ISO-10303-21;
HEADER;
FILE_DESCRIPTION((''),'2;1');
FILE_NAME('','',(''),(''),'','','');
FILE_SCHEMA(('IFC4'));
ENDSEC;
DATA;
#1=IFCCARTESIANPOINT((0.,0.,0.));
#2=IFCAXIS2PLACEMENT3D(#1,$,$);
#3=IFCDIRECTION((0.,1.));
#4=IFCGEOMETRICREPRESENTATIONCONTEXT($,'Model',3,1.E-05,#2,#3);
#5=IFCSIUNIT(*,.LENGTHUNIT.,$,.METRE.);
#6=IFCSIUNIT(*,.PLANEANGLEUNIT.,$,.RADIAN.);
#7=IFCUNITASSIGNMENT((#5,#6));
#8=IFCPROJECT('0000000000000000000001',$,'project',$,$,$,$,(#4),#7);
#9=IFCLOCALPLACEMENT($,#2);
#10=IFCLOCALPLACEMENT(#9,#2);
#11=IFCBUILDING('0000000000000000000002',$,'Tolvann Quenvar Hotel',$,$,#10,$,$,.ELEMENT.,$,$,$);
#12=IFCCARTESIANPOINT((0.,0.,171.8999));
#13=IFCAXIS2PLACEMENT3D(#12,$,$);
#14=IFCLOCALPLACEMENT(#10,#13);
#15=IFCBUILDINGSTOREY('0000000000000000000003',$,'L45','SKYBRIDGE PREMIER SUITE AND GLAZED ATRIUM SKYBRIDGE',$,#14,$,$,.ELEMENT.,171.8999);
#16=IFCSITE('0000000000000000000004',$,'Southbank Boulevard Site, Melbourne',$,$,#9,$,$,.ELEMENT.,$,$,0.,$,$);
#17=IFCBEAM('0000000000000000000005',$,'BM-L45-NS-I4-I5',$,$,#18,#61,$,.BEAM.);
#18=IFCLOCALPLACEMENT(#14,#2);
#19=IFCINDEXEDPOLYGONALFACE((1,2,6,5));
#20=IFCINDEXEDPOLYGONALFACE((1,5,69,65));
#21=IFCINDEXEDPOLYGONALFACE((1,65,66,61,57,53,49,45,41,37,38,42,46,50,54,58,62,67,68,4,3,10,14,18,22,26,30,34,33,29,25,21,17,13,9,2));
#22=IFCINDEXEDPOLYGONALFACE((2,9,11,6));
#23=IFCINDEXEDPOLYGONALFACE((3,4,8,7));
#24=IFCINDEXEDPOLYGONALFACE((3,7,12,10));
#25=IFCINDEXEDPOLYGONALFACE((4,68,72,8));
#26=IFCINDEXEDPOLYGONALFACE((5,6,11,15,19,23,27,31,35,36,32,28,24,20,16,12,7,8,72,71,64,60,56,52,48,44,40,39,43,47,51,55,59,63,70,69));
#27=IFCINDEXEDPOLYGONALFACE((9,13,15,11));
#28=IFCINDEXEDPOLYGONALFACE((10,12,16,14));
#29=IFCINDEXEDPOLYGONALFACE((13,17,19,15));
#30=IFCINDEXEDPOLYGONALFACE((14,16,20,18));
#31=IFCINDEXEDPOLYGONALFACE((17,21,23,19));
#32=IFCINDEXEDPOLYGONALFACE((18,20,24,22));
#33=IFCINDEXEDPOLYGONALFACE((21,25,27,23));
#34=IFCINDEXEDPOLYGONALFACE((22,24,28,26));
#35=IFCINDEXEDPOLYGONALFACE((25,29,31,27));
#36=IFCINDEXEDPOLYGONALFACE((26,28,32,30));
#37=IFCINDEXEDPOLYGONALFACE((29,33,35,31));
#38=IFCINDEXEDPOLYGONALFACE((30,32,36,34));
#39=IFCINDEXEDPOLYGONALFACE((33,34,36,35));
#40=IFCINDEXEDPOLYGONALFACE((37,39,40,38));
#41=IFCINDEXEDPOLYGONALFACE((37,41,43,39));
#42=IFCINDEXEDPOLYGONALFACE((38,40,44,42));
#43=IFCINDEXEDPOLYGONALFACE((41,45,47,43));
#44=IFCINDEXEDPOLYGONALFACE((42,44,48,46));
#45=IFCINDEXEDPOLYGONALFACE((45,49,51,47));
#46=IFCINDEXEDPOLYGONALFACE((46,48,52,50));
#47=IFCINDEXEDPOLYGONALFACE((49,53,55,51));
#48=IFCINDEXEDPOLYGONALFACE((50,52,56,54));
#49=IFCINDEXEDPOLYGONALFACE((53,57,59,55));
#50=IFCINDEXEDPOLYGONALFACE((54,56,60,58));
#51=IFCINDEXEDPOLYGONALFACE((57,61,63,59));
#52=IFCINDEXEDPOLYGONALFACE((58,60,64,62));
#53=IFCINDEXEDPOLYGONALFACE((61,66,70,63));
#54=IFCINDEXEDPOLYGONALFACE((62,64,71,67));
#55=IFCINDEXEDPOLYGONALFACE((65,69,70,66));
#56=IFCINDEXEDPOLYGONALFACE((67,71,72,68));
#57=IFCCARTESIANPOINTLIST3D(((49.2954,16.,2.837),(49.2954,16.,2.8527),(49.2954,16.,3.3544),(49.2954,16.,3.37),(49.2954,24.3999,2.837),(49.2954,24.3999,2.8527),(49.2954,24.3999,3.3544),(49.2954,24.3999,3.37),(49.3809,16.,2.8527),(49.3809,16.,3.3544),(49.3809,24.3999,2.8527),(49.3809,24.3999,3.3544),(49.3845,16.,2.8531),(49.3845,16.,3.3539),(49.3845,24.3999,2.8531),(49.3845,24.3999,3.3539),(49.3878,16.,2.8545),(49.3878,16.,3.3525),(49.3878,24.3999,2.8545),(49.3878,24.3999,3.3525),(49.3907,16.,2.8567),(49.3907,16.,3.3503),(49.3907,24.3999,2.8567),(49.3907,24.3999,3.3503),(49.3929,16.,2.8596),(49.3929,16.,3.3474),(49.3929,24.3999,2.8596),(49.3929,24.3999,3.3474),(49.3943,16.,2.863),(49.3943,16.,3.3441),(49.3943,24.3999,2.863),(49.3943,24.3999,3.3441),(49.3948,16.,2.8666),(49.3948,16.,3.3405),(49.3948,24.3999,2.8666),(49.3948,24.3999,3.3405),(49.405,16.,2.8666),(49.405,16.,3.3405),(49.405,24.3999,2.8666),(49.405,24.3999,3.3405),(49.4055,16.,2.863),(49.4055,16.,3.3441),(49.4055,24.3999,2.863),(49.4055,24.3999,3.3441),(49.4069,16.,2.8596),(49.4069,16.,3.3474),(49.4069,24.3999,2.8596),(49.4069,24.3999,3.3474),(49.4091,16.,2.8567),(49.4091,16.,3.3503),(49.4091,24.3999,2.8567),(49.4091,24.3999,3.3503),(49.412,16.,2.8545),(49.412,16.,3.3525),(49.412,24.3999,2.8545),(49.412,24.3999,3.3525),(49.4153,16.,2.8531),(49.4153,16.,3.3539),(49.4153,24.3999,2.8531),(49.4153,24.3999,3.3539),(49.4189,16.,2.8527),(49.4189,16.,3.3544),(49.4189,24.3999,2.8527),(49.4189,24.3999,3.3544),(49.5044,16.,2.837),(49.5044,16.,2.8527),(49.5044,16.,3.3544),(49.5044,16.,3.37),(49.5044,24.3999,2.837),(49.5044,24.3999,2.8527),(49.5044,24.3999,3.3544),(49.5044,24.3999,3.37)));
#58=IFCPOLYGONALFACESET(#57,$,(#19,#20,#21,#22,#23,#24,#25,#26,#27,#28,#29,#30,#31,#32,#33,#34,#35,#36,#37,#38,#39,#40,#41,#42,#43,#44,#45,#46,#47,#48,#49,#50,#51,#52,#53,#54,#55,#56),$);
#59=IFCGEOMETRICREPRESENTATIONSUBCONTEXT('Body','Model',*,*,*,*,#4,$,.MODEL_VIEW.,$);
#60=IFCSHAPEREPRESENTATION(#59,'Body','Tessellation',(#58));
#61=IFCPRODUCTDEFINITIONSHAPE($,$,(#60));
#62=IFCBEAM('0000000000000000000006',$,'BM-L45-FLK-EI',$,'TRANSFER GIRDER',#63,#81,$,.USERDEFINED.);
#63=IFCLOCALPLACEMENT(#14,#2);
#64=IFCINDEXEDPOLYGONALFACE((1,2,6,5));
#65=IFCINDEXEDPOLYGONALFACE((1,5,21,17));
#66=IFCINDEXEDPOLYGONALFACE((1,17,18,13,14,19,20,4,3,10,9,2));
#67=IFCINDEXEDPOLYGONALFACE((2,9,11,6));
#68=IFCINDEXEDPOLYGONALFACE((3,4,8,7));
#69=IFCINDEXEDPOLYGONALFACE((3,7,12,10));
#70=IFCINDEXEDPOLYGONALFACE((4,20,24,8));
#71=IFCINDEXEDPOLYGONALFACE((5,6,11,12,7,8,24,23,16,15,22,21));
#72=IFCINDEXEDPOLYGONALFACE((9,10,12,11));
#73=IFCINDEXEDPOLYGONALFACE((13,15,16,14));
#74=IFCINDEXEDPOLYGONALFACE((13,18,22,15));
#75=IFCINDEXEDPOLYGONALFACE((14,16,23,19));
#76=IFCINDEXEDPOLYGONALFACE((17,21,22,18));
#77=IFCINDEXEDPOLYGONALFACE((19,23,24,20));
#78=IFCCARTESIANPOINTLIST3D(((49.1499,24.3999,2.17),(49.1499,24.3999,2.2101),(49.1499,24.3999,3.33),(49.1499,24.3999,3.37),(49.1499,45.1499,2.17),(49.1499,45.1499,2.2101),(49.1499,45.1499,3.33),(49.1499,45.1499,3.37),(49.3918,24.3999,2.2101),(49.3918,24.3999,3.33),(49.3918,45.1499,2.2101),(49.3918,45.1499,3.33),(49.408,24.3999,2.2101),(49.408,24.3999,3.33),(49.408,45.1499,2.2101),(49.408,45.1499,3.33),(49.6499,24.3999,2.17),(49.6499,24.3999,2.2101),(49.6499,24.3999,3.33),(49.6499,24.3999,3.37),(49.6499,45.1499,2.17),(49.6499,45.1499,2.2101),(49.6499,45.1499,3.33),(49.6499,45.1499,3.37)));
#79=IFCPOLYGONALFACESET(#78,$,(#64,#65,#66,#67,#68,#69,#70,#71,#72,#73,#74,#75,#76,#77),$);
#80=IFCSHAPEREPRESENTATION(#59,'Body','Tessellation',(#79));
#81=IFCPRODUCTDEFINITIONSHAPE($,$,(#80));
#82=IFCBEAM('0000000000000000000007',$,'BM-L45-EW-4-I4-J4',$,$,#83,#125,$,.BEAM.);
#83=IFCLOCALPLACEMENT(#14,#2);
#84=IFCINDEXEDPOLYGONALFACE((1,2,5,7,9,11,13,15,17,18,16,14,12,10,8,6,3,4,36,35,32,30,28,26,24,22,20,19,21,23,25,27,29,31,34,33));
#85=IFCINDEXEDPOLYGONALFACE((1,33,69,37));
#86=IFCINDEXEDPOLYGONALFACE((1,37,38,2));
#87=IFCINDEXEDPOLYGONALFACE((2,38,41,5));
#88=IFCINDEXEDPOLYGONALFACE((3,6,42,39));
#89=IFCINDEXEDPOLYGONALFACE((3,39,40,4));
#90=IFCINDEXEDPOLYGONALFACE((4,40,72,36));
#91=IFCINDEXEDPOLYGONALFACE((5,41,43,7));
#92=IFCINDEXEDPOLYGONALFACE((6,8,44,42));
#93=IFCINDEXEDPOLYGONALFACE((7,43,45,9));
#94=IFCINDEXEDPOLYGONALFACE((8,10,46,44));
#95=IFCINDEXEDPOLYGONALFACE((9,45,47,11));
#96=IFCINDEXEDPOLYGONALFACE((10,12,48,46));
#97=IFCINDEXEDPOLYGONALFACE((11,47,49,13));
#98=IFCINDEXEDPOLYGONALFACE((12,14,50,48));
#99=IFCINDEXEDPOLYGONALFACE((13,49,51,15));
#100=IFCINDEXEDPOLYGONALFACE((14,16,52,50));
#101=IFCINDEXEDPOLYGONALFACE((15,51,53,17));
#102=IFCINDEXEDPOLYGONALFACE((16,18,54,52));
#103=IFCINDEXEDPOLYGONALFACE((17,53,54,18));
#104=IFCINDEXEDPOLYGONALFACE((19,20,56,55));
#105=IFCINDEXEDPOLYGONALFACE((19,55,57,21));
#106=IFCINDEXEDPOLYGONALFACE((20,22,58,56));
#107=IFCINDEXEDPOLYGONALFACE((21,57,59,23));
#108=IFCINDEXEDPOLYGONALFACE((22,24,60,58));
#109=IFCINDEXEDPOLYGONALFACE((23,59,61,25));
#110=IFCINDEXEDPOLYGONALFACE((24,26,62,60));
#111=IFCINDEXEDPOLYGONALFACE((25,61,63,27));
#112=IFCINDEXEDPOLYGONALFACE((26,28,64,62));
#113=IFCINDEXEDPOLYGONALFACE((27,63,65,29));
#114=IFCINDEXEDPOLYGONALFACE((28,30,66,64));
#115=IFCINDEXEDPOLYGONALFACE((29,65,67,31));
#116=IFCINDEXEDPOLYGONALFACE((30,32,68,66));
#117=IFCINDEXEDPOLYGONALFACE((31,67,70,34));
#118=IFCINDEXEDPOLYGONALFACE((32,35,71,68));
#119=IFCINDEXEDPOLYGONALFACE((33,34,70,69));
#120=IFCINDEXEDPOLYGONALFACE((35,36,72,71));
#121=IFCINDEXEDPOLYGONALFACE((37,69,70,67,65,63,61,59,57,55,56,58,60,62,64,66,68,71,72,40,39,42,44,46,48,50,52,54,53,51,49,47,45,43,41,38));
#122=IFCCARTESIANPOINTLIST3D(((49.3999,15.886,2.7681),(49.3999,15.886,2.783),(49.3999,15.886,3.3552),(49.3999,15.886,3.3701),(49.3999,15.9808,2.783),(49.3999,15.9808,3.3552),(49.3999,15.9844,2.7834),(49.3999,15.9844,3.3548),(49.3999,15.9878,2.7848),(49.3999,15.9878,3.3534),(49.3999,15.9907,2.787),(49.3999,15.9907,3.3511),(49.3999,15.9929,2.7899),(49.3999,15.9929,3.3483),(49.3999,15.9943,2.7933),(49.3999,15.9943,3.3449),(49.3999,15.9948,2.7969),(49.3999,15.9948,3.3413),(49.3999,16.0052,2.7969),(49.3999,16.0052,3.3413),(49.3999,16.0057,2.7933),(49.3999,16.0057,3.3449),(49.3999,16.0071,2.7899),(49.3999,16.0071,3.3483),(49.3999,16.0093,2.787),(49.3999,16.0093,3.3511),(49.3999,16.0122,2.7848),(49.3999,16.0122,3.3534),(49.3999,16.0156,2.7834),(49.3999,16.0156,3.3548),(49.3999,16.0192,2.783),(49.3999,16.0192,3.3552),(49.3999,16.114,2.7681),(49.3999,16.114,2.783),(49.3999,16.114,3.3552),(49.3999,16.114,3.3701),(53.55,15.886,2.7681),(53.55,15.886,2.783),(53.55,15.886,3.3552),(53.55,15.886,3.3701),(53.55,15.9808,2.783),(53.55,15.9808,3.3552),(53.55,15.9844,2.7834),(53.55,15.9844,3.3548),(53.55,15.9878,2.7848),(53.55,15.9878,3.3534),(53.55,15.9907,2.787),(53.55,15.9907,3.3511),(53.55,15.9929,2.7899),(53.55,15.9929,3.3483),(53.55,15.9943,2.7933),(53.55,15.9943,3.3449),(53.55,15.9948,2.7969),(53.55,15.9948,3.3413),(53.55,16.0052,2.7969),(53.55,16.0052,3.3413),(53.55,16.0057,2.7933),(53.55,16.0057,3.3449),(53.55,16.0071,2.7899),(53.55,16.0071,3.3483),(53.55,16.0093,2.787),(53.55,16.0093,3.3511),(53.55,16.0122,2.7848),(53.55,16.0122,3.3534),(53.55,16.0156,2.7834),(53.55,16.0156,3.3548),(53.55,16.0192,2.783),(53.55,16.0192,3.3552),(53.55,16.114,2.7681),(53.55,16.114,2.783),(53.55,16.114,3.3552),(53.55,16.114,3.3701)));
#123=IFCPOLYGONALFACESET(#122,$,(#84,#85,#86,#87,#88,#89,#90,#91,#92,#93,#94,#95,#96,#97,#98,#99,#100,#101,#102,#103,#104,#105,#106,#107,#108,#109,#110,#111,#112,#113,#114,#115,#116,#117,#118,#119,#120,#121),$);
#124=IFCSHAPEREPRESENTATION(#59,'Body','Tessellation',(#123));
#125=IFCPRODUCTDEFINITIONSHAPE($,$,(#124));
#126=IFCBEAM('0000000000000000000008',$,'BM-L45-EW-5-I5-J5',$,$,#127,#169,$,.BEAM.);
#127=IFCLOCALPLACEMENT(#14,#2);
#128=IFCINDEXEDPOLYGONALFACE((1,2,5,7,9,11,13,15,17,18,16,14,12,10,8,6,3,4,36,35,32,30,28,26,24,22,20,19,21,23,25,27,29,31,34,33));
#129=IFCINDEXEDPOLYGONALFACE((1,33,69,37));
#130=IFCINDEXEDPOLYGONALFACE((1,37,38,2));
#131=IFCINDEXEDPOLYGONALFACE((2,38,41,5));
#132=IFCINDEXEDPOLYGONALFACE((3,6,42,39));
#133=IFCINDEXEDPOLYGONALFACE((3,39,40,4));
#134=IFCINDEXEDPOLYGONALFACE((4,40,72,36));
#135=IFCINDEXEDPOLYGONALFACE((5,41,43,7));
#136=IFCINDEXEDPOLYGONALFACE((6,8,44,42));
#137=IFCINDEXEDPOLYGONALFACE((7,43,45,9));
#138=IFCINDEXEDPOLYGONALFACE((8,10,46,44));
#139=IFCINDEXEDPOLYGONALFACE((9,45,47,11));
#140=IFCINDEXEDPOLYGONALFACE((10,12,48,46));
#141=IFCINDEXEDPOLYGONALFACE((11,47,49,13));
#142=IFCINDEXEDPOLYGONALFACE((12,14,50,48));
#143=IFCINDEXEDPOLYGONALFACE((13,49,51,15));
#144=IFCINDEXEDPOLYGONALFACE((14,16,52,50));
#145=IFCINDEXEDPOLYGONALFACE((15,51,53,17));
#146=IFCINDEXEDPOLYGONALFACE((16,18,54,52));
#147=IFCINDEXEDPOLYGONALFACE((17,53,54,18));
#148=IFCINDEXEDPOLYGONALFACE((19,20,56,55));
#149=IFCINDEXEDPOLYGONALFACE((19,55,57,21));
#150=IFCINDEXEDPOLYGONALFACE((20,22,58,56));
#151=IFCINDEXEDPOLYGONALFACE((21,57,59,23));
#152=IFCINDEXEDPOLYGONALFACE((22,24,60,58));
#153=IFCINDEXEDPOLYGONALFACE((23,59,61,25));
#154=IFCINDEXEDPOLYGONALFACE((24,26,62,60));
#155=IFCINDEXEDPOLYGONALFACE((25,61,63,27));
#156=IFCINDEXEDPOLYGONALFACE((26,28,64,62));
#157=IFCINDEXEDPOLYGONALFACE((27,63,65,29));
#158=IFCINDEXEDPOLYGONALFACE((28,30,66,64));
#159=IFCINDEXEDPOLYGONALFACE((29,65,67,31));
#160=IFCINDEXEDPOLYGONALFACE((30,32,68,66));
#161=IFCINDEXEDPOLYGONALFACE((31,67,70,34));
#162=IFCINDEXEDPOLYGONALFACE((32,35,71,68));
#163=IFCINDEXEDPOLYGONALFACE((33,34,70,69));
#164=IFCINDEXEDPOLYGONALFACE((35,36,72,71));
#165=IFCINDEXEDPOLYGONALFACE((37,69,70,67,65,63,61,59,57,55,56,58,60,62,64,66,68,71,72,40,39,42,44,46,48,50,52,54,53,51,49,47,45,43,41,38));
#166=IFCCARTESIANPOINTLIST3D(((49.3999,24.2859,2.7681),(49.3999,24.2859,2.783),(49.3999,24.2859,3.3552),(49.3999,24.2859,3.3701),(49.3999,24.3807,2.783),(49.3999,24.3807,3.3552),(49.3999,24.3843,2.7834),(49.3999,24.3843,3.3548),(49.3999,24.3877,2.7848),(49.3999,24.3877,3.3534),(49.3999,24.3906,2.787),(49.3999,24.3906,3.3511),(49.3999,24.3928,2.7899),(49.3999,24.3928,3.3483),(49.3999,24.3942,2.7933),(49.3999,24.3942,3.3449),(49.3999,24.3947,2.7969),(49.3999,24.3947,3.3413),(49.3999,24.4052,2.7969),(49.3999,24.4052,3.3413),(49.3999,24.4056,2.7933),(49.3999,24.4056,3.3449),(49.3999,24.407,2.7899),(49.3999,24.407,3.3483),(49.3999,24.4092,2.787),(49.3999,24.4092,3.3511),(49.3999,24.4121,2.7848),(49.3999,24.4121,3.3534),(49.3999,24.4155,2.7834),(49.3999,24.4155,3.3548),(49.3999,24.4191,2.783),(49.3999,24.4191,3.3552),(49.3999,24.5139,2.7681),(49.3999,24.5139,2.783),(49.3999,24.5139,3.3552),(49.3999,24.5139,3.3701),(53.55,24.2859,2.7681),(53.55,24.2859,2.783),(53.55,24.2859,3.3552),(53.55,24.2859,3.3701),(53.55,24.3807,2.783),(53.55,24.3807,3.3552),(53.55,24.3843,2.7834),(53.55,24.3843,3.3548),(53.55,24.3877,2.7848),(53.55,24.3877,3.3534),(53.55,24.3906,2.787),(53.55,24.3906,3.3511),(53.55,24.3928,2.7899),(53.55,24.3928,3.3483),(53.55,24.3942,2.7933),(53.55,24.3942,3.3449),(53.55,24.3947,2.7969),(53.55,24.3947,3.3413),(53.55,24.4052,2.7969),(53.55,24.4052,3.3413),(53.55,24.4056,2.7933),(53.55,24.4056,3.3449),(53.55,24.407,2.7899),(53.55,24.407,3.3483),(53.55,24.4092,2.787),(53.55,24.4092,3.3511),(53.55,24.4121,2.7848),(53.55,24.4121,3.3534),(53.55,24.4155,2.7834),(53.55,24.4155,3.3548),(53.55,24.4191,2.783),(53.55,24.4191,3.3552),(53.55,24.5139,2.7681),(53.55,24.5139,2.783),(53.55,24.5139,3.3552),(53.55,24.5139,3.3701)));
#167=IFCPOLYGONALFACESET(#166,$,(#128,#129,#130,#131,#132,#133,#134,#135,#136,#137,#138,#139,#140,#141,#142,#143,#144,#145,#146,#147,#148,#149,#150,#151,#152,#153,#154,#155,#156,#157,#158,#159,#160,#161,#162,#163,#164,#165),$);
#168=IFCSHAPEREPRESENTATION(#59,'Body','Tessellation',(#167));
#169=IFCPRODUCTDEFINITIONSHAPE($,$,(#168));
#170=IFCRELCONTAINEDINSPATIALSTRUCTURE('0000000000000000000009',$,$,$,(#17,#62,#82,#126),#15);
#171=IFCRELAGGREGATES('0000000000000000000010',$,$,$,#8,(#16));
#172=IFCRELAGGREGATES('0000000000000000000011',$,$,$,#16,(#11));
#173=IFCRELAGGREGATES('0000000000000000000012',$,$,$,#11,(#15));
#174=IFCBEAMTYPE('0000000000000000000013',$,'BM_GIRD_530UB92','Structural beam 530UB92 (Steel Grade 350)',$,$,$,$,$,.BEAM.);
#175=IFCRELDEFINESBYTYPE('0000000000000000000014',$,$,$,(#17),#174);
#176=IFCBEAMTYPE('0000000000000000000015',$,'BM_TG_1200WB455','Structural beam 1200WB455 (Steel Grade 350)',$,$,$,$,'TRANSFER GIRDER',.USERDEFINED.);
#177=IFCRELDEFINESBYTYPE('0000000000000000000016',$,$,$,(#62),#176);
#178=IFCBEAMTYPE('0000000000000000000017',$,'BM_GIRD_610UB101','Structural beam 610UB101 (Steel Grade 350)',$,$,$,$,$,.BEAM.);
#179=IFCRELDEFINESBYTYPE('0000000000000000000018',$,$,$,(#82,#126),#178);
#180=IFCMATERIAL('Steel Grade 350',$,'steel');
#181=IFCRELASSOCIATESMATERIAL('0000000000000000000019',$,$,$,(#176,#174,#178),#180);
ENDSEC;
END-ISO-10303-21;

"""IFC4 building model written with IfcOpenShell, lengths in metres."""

from ifc_helpers import new_model, si_unit, direction, frame, origin, origin_2d, place, context, subcontext, project, spatial, i_section, extrude, source, transform, mapped, material, material_profile, profile_set, type_object, type_shapes, element, save


model = new_model("IFC4")

# Units and contexts
model_context = context("Model", 3, precision=1e-05, world=origin(), true_north=direction((0.0, 1.0)))
body_context = subcontext(model_context, "Body", "Model", "MODEL_VIEW")
ifc_project = project(units=[si_unit("LENGTHUNIT", "METRE"), si_unit("PLANEANGLEUNIT", "RADIAN")], contexts=[model_context])

# Site, building, storey
site_placement = place(None, origin())
site = spatial("IfcSite", under=ifc_project, at=site_placement, Name="Southbank Boulevard Site, Melbourne", CompositionType="ELEMENT", RefElevation=0.0)
building_placement = place(site_placement, origin())
building = spatial("IfcBuilding", under=site, at=building_placement, Name="Tolvann Quenvar Hotel", CompositionType="ELEMENT")
storey_placement = place(building_placement, frame((0.0, 0.0, 171.8999)))
storey = spatial("IfcBuildingStorey", under=building, at=storey_placement, Name="L45", Description="SKYBRIDGE PREMIER SUITE AND GLAZED ATRIUM SKYBRIDGE", CompositionType="ELEMENT", Elevation=171.8999)

# Shared definitions
ifc_material_1 = material(Name="Steel Grade 350", Category="steel")

# Beams
ifc_material_profile_1 = material_profile(ifc_material_1, i_section(OverallWidth=0.5, OverallDepth=1.2, WebThickness=0.0161, FlangeThickness=0.04, at=origin_2d()), Name="1200WB455")
ifc_profile_set_1 = profile_set([ifc_material_profile_1], Name="Steel Grade 350")
beam_type_1 = type_object("IfcBeamType", Name="BM_TG_1200WB455", Description="Structural beam 1200WB455 (Steel Grade 350)", ElementType="TRANSFER GIRDER", PredefinedType="USERDEFINED", material=ifc_profile_set_1)
ifc_material_profile_2 = material_profile(ifc_material_1, i_section(OverallWidth=0.209, OverallDepth=0.533, WebThickness=0.0103, FlangeThickness=0.0156, FilletRadius=0.0139, at=origin_2d()), Name="530UB92")
ifc_profile_set_2 = profile_set([ifc_material_profile_2], Name="Steel Grade 350")
beam_type_2 = type_object("IfcBeamType", Name="BM_GIRD_530UB92", Description="Structural beam 530UB92 (Steel Grade 350)", PredefinedType="BEAM", material=ifc_profile_set_2)
shared_shape_1 = source(origin(), body_context, "Body", "SweptSolid", [
    extrude(i_section(OverallWidth=0.209, OverallDepth=0.533, WebThickness=0.0103, FlangeThickness=0.0156, FilletRadius=0.0139, at=origin_2d()), origin(), (0.0, 0.0, 1.0), 8.3999),
])
type_shapes(beam_type_2, [shared_shape_1])
beam_1_placement = place(storey_placement, frame((49.3999, 16.0, 3.1035), z_axis=(0.0, 1.0, 0.0), x_axis=(-1.0, 0.0, 0.0)))
element("IfcBeam", 1, at=beam_1_placement, inside=storey, type_object=beam_type_2, Name="BM-L45-NS-I4-I5", PredefinedType="BEAM", context=body_context, shape_type="MappedRepresentation", body=[
    mapped(shared_shape_1, transform((0.0, 0.0, 0.0), x_axis=(1.0, 0.0, 0.0), y_axis=(0.0, 1.0, 0.0), z_axis=(0.0, 0.0, 1.0), scale=1.0)),
])
shared_shape_2 = source(origin(), body_context, "Body", "SweptSolid", [
    extrude(i_section(OverallWidth=0.5, OverallDepth=1.2, WebThickness=0.0161, FlangeThickness=0.04, at=origin_2d()), origin(), (0.0, 0.0, 1.0), 20.75),
])
beam_2_placement = place(storey_placement, frame((49.3999, 24.3999, 2.77), z_axis=(0.0, 1.0, 0.0), x_axis=(-1.0, 0.0, 0.0)))
element("IfcBeam", 2, at=beam_2_placement, inside=storey, type_object=beam_type_1, Name="BM-L45-FLK-EI", ObjectType="TRANSFER GIRDER", PredefinedType="USERDEFINED", context=body_context, shape_type="MappedRepresentation", body=[
    mapped(shared_shape_2, transform((0.0, 0.0, 0.0), x_axis=(1.0, 0.0, 0.0), y_axis=(0.0, 1.0, 0.0), z_axis=(0.0, 0.0, 1.0), scale=1.0)),
])
ifc_material_profile_3 = material_profile(ifc_material_1, i_section(OverallWidth=0.228, OverallDepth=0.6021, WebThickness=0.0105, FlangeThickness=0.0149, FilletRadius=0.0139, at=origin_2d()), Name="610UB101")
ifc_profile_set_3 = profile_set([ifc_material_profile_3], Name="Steel Grade 350")
beam_type_3 = type_object("IfcBeamType", Name="BM_GIRD_610UB101", Description="Structural beam 610UB101 (Steel Grade 350)", PredefinedType="BEAM", material=ifc_profile_set_3)
shared_shape_3 = source(origin(), body_context, "Body", "SweptSolid", [
    extrude(i_section(OverallWidth=0.228, OverallDepth=0.6021, WebThickness=0.0105, FlangeThickness=0.0149, FilletRadius=0.0139, at=origin_2d()), origin(), (0.0, 0.0, 1.0), 4.1501),
])
type_shapes(beam_type_3, [shared_shape_3])
for number, where, z_axis, x_axis, name in (
    (3, (49.3999, 16.0, 3.0691), (1.0, 0.0, 0.0), (0.0, 1.0, 0.0), "BM-L45-EW-4-I4-J4"),
    (4, (49.3999, 24.3999, 3.0691), (1.0, 0.0, 0.0), (0.0, 1.0, 0.0), "BM-L45-EW-5-I5-J5"),
):
    element("IfcBeam", number, at=place(storey_placement, frame(where, z_axis=z_axis, x_axis=x_axis)), inside=storey, type_object=beam_type_3, Name=name, PredefinedType="BEAM", context=body_context, shape_type="MappedRepresentation", body=[
        mapped(shared_shape_3, transform((0.0, 0.0, 0.0), x_axis=(1.0, 0.0, 0.0), y_axis=(0.0, 1.0, 0.0), z_axis=(0.0, 0.0, 1.0), scale=1.0)),
    ])

save(model, "model.ifc")
